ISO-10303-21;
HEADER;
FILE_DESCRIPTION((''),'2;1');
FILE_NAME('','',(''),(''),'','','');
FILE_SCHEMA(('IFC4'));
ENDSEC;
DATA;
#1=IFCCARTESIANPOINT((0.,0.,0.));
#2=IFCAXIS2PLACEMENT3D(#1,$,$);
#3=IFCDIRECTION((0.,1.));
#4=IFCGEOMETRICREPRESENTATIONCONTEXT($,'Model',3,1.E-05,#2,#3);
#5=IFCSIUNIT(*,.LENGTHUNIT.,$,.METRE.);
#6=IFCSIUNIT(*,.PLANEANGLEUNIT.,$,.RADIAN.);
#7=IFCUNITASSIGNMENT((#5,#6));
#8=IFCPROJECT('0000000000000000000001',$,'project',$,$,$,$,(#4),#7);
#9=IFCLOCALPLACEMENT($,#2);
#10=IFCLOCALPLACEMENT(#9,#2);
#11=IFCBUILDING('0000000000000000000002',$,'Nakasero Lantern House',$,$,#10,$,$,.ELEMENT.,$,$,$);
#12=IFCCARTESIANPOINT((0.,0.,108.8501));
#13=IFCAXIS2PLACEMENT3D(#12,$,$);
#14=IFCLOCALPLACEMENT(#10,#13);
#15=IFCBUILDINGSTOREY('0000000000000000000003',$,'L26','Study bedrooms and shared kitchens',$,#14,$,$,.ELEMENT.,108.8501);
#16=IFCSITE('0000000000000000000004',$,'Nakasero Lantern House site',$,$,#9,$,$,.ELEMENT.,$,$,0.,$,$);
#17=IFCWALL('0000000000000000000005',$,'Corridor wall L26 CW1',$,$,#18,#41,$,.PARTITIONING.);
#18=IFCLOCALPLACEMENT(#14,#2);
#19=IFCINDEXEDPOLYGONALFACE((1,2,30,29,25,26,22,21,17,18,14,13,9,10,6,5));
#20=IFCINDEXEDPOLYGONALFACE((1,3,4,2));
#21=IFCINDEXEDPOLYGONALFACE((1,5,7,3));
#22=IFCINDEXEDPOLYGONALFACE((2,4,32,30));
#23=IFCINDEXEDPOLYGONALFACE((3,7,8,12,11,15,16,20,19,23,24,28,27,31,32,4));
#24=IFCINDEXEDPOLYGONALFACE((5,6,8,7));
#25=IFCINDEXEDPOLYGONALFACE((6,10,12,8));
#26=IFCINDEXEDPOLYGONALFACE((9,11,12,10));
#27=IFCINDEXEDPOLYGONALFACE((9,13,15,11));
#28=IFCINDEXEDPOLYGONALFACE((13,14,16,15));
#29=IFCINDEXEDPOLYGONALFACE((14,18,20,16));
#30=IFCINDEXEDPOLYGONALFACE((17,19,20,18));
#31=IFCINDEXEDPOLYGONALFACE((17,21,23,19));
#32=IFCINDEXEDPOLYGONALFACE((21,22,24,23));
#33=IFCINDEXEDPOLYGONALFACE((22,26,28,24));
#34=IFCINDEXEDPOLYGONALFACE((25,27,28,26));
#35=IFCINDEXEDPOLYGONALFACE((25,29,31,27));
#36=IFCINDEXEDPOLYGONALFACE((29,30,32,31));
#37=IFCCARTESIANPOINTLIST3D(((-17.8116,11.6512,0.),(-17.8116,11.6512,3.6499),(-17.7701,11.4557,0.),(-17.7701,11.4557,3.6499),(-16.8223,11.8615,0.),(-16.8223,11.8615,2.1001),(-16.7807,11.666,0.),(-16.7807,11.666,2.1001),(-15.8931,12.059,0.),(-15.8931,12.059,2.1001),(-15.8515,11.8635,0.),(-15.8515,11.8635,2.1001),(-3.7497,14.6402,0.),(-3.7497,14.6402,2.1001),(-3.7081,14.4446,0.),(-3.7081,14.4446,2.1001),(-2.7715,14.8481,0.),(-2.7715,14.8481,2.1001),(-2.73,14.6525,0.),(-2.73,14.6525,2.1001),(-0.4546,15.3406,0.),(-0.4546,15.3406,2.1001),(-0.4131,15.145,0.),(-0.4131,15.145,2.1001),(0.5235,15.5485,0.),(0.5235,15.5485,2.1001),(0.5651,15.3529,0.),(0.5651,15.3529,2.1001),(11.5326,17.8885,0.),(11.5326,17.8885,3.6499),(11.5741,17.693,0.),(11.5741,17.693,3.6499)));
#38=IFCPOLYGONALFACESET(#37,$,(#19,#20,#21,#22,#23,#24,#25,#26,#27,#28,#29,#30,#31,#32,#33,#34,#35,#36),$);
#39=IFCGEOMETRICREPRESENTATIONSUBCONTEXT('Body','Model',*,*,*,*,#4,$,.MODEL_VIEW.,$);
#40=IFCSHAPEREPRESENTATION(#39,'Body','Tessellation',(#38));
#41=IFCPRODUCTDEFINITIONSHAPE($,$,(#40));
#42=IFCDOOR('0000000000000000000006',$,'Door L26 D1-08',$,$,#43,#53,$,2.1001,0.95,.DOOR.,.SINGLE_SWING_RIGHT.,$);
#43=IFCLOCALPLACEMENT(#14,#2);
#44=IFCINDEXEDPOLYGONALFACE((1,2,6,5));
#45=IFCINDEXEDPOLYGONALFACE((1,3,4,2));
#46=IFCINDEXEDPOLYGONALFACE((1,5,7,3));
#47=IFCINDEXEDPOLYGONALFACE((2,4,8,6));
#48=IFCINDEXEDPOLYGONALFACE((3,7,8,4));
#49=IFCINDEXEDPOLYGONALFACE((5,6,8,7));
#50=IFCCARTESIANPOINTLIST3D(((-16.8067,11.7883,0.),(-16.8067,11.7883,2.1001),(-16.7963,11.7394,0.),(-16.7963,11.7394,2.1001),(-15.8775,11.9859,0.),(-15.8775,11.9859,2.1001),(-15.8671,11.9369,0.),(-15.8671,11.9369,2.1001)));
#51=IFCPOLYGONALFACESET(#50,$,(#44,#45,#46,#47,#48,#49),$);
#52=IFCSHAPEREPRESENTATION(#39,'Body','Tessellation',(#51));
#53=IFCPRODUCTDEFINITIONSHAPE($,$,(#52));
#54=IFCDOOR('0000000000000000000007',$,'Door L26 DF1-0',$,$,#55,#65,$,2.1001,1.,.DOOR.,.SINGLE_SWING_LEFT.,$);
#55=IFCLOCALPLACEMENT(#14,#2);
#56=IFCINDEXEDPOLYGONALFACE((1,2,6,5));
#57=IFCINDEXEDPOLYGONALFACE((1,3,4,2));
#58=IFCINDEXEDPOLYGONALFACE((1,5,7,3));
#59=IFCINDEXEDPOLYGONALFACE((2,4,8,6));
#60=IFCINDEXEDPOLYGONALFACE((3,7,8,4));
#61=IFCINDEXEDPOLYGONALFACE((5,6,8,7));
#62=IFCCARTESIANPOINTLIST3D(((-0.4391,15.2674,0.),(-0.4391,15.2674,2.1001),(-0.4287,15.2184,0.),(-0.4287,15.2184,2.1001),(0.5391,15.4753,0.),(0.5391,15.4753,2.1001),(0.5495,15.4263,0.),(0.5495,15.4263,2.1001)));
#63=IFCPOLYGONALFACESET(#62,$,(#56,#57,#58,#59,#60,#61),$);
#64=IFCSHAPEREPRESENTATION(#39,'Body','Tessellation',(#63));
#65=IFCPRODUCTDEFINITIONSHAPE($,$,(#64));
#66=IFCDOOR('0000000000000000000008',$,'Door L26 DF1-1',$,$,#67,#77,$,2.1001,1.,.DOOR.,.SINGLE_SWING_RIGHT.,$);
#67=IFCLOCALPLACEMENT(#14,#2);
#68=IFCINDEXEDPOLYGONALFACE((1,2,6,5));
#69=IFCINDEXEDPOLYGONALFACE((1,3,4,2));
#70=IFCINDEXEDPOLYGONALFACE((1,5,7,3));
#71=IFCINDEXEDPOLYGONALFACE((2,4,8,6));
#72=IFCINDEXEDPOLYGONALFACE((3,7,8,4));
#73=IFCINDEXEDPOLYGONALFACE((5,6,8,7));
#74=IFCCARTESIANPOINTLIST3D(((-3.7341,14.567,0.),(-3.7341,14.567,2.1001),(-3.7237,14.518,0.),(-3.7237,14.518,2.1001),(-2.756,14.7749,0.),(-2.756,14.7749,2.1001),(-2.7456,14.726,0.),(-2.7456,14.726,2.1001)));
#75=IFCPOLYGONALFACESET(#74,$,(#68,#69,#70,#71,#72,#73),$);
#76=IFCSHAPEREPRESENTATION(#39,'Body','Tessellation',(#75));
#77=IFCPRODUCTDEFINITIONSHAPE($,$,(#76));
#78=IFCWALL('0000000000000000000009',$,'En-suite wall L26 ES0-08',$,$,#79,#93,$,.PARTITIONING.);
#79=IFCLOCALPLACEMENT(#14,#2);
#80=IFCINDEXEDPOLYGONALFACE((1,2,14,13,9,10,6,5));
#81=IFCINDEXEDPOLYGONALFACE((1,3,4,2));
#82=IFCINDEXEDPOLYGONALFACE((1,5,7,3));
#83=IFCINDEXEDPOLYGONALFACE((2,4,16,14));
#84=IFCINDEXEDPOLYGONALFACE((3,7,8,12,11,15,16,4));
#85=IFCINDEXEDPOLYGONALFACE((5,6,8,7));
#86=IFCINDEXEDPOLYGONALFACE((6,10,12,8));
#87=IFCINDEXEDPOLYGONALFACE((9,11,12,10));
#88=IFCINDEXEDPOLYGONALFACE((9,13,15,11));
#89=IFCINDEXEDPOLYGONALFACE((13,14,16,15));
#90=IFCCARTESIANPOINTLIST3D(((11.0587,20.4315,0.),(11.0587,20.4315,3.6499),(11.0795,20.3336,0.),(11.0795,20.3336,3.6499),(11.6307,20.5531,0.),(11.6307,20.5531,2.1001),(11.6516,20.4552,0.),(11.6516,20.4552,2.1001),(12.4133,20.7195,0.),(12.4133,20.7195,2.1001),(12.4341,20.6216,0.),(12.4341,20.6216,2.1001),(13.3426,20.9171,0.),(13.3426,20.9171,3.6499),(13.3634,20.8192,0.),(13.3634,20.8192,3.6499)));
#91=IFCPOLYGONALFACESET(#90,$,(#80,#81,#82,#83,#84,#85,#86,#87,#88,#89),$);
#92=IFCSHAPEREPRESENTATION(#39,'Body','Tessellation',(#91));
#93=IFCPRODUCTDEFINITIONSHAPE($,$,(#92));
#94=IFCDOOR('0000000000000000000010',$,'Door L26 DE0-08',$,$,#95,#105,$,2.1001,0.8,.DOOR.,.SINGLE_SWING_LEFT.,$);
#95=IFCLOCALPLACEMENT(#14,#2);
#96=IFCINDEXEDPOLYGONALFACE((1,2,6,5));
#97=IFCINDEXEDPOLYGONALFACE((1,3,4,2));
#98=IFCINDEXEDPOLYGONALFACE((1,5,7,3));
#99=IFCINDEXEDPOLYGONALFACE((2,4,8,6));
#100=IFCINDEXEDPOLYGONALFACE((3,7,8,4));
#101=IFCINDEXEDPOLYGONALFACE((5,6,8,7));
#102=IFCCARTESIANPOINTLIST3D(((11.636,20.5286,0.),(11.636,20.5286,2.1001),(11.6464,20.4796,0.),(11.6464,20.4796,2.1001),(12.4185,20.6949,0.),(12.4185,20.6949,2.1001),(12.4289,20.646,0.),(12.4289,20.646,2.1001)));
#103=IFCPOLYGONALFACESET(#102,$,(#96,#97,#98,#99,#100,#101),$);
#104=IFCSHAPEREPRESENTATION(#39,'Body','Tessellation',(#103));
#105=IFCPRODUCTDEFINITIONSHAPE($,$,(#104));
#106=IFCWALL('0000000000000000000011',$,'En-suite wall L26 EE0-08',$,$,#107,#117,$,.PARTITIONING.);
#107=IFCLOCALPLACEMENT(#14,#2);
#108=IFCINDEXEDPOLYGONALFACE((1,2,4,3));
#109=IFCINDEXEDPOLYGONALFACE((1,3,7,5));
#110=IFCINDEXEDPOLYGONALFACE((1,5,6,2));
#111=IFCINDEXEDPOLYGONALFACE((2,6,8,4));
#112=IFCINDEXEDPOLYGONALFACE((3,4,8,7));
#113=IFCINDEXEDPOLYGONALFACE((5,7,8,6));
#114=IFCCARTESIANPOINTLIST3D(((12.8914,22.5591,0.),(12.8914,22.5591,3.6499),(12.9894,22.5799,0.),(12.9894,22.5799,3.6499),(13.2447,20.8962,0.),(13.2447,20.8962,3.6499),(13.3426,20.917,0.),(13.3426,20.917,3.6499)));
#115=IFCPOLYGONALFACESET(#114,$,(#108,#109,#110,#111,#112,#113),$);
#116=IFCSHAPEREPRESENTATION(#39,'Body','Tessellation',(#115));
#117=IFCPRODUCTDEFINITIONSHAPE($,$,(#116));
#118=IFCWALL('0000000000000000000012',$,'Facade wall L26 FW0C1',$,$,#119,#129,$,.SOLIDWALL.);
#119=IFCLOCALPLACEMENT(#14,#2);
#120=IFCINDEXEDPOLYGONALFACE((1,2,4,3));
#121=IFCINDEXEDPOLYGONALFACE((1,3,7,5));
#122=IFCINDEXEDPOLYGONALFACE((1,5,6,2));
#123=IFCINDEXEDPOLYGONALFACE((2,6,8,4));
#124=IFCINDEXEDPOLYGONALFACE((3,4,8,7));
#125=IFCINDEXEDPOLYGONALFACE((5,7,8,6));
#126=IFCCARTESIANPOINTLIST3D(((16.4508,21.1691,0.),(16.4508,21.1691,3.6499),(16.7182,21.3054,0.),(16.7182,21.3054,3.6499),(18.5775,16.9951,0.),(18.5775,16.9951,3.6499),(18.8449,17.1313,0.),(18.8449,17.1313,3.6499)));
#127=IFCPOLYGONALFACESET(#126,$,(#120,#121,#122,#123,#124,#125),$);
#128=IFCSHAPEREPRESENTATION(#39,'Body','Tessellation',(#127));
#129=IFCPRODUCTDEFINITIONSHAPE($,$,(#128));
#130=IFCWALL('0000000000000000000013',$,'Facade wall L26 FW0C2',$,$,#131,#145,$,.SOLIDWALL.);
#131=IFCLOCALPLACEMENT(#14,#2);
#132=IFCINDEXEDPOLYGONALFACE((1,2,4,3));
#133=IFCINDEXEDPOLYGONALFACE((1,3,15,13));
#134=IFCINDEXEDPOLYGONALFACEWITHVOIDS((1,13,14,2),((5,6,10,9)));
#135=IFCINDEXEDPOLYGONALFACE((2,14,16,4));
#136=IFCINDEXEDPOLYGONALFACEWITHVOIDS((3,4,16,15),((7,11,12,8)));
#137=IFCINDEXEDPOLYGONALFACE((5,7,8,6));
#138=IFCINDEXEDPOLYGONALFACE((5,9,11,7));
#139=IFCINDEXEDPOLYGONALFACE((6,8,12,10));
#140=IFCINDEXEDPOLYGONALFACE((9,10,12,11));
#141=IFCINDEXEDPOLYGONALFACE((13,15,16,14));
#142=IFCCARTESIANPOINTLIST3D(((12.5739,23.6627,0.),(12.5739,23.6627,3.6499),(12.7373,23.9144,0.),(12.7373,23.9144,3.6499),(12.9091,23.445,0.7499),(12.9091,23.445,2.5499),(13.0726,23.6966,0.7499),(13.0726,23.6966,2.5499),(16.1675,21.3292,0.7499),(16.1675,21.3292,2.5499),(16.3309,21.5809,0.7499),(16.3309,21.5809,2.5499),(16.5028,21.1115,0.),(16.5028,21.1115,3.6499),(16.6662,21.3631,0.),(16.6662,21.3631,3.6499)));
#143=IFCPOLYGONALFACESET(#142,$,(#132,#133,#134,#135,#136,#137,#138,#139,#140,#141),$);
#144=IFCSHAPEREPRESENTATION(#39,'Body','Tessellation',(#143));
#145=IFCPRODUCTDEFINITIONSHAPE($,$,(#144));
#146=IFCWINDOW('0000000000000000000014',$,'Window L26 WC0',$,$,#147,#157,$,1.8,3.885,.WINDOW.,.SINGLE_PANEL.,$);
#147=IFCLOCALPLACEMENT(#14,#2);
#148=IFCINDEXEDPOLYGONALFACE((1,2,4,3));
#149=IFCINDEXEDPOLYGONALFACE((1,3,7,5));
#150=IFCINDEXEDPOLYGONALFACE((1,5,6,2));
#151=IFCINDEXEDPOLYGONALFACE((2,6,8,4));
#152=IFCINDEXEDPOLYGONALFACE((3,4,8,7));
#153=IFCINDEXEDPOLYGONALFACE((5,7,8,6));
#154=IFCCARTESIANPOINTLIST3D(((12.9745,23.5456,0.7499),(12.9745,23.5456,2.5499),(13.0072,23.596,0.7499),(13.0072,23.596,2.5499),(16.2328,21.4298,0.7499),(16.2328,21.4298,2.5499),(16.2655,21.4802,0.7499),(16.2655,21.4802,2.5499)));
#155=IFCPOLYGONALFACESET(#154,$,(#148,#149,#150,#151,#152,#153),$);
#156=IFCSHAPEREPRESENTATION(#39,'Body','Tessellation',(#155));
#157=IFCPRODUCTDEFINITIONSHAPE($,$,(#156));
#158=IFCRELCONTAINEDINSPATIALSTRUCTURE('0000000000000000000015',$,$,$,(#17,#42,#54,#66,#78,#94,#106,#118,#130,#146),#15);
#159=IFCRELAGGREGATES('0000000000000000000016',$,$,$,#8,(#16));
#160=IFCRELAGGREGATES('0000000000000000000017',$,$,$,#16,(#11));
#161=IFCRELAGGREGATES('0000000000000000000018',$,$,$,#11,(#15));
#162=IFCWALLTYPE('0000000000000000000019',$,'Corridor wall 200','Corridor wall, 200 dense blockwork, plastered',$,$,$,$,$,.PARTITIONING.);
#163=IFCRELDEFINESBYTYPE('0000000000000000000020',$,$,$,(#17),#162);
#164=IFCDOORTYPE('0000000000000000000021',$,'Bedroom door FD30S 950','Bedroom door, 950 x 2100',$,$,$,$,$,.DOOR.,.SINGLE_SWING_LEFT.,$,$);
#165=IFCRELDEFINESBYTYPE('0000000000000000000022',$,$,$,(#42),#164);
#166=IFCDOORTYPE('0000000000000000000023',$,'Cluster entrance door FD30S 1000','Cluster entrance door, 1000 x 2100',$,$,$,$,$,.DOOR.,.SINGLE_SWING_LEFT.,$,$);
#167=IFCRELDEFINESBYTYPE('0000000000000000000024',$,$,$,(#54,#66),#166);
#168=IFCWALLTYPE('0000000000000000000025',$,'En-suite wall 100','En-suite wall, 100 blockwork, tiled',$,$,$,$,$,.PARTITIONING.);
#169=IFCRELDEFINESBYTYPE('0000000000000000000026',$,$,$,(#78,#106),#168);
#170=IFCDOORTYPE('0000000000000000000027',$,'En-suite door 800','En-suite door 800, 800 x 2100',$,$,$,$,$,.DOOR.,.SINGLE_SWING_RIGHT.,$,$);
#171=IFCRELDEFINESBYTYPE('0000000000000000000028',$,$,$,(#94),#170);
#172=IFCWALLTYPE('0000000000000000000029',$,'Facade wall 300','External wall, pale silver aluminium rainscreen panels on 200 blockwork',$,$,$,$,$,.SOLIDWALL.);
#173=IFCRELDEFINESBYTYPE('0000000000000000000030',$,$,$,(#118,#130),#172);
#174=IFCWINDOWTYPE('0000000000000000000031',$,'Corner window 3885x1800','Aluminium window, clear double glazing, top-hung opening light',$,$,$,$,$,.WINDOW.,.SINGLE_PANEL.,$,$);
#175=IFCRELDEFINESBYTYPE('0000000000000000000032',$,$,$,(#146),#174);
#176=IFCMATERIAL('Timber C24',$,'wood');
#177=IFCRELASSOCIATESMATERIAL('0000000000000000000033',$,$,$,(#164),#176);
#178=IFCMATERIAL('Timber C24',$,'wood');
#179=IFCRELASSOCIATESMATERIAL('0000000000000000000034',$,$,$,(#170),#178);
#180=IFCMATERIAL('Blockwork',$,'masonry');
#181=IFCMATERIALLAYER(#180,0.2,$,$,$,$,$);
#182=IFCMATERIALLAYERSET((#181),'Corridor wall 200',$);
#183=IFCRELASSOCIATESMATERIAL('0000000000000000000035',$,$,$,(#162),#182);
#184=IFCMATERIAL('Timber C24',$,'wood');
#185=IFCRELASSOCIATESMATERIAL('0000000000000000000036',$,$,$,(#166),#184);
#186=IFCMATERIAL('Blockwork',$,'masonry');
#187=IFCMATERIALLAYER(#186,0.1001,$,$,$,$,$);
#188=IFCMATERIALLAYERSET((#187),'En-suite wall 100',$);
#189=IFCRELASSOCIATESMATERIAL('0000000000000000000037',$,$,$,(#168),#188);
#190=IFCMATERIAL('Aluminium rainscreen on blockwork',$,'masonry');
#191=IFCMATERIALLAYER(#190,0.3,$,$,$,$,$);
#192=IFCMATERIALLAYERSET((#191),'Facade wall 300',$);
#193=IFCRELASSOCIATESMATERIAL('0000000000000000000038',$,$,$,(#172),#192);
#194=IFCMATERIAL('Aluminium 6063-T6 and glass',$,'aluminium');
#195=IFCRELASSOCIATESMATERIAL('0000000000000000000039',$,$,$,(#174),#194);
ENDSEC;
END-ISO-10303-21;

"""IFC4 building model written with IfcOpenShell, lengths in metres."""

from ifc_helpers import new_model, si_unit, direction, frame, frame_2d, origin, place, context, subcontext, project, spatial, rectangle, extrude, material, layer, layer_set, type_object, element, fill, save


model = new_model("IFC4")

# Units and contexts
model_context = context("Model", 3, precision=1e-05, world=origin(), true_north=direction((0.0, 1.0)))
body_context = subcontext(model_context, "Body", "Model", "MODEL_VIEW")
ifc_project = project(units=[si_unit("LENGTHUNIT", "METRE"), si_unit("PLANEANGLEUNIT", "RADIAN")], contexts=[model_context])

# Site, building, storey
site_placement = place(None, origin())
site = spatial("IfcSite", under=ifc_project, at=site_placement, Name="Nakasero Lantern House site", CompositionType="ELEMENT", RefElevation=0.0)
building_placement = place(site_placement, origin())
building = spatial("IfcBuilding", under=site, at=building_placement, Name="Nakasero Lantern House", CompositionType="ELEMENT")
storey_placement = place(building_placement, frame((0.0, 0.0, 108.8501)))
storey = spatial("IfcBuildingStorey", under=building, at=storey_placement, Name="L26", Description="Study bedrooms and shared kitchens", CompositionType="ELEMENT", Elevation=108.8501)

# Wall, openings, doors
ifc_material_1 = material(Name="Timber C24", Category="wood")
door_type_1 = type_object("IfcDoorType", Name="Bedroom door FD30S 950", Description="Bedroom door, 950 x 2100", OperationType="SINGLE_SWING_LEFT", PredefinedType="DOOR", material=ifc_material_1)
ifc_material_2 = material(Name="Timber C24", Category="wood")
door_type_2 = type_object("IfcDoorType", Name="En-suite door 800", Description="En-suite door 800, 800 x 2100", OperationType="SINGLE_SWING_RIGHT", PredefinedType="DOOR", material=ifc_material_2)
ifc_material_3 = material(Name="Blockwork", Category="masonry")
ifc_layer_1 = layer(ifc_material_3, 0.2)
ifc_layer_set_1 = layer_set([ifc_layer_1], Name="Corridor wall 200")
wall_type_1 = type_object("IfcWallType", Name="Corridor wall 200", Description="Corridor wall, 200 dense blockwork, plastered", PredefinedType="PARTITIONING", material=ifc_layer_set_1)
wall_1_placement = place(storey_placement, frame((11.5535, 17.7908, 0.0), z_axis=(0.0, 0.0, 1.0), x_axis=(-0.978148, -0.207912, 0.0)))
wall_1 = element("IfcWall", 1, at=wall_1_placement, inside=storey, type_object=wall_type_1, Name="Corridor wall L26 CW1", PredefinedType="PARTITIONING", context=body_context, shape_type="SweptSolid", body=[
    extrude(rectangle(XDim=29.9998, YDim=0.2, at=frame_2d((15.0, 0.0))), origin(), (0.0, 0.0, 1.0), 3.6499),
])
opening_1_placement = place(wall_1_placement, frame((11.2551, 0.0, 0.0)))
opening_1 = element("IfcOpeningElement", 2, at=opening_1_placement, cuts=wall_1, PredefinedType="OPENING", context=body_context, shape_type="SweptSolid", body=[
    extrude(rectangle(XDim=1.0, YDim=2.1001, at=frame_2d((0.5, 1.05))), frame((0.0, 0.1199, 0.0), z_axis=(0.0, -1.0, 0.0), x_axis=(1.0, 0.0, 0.0)), (0.0, 0.0, 1.0), 0.24),
])
opening_2_placement = place(wall_1_placement, frame((14.6238, 0.0, 0.0)))
opening_2 = element("IfcOpeningElement", 3, at=opening_2_placement, cuts=wall_1, PredefinedType="OPENING", context=body_context, shape_type="SweptSolid", body=[
    extrude(rectangle(XDim=1.0, YDim=2.1001, at=frame_2d((0.5, 1.05))), frame((0.0, 0.1199, 0.0), z_axis=(0.0, -1.0, 0.0), x_axis=(1.0, 0.0, 0.0)), (0.0, 0.0, 1.0), 0.24),
])
opening_3_placement = place(wall_1_placement, frame((28.0383, 0.0, 0.0)))
opening_3 = element("IfcOpeningElement", 4, at=opening_3_placement, cuts=wall_1, PredefinedType="OPENING", context=body_context, shape_type="SweptSolid", body=[
    extrude(rectangle(XDim=0.95, YDim=2.1001, at=frame_2d((0.4751, 1.05))), frame((0.0, 0.1199, 0.0), z_axis=(0.0, -1.0, 0.0), x_axis=(1.0, 0.0, 0.0)), (0.0, 0.0, 1.0), 0.24),
])
door_1_placement = place(opening_3_placement, origin())
door_1 = element("IfcDoor", 5, at=door_1_placement, inside=storey, type_object=door_type_1, Name="Door L26 D1-08", OperationType="SINGLE_SWING_RIGHT", OverallHeight=2.1001, OverallWidth=0.95, PredefinedType="DOOR", context=body_context, shape_type="SweptSolid", body=[
    extrude(rectangle(XDim=0.95, YDim=2.1001, at=frame_2d((0.4751, 1.05))), frame((0.0, 0.0249, 0.0), z_axis=(0.0, -1.0, 0.0), x_axis=(1.0, 0.0, 0.0)), (0.0, 0.0, 1.0), 0.05),
])
fill(opening_3, door_1)
ifc_material_4 = material(Name="Timber C24", Category="wood")
door_type_3 = type_object("IfcDoorType", Name="Cluster entrance door FD30S 1000", Description="Cluster entrance door, 1000 x 2100", OperationType="SINGLE_SWING_LEFT", PredefinedType="DOOR", material=ifc_material_4)
door_2_placement = place(opening_1_placement, origin())
door_2 = element("IfcDoor", 6, at=door_2_placement, inside=storey, type_object=door_type_3, Name="Door L26 DF1-0", OperationType="SINGLE_SWING_LEFT", OverallHeight=2.1001, OverallWidth=1.0, PredefinedType="DOOR", context=body_context, shape_type="SweptSolid", body=[
    extrude(rectangle(XDim=1.0, YDim=2.1001, at=frame_2d((0.5, 1.05))), frame((0.0, 0.0249, 0.0), z_axis=(0.0, -1.0, 0.0), x_axis=(1.0, 0.0, 0.0)), (0.0, 0.0, 1.0), 0.05),
])
fill(opening_1, door_2)
door_3_placement = place(opening_2_placement, origin())
door_3 = element("IfcDoor", 7, at=door_3_placement, inside=storey, type_object=door_type_3, Name="Door L26 DF1-1", OperationType="SINGLE_SWING_RIGHT", OverallHeight=2.1001, OverallWidth=1.0, PredefinedType="DOOR", context=body_context, shape_type="SweptSolid", body=[
    extrude(rectangle(XDim=1.0, YDim=2.1001, at=frame_2d((0.5, 1.05))), frame((0.0, 0.0249, 0.0), z_axis=(0.0, -1.0, 0.0), x_axis=(1.0, 0.0, 0.0)), (0.0, 0.0, 1.0), 0.05),
])
fill(opening_2, door_3)

# Wall, opening, door
ifc_material_5 = material(Name="Blockwork", Category="masonry")
ifc_layer_2 = layer(ifc_material_5, 0.1001)
ifc_layer_set_2 = layer_set([ifc_layer_2], Name="En-suite wall 100")
wall_type_2 = type_object("IfcWallType", Name="En-suite wall 100", Description="En-suite wall, 100 blockwork, tiled", PredefinedType="PARTITIONING", material=ifc_layer_set_2)
wall_2_placement = place(storey_placement, frame((11.0691, 20.3826, 0.0), z_axis=(0.0, 0.0, 1.0), x_axis=(0.978136, 0.207965, 0.0)))
wall_2 = element("IfcWall", 8, at=wall_2_placement, inside=storey, type_object=wall_type_2, Name="En-suite wall L26 ES0-08", PredefinedType="PARTITIONING", context=body_context, shape_type="SweptSolid", body=[
    extrude(rectangle(XDim=2.335, YDim=0.1001, at=frame_2d((1.1675, 0.0))), origin(), (0.0, 0.0, 1.0), 3.6499),
])
opening_4_placement = place(wall_2_placement, frame((0.585, 0.0, 0.0)))
opening_4 = element("IfcOpeningElement", 9, at=opening_4_placement, cuts=wall_2, PredefinedType="OPENING", context=body_context, shape_type="SweptSolid", body=[
    extrude(rectangle(XDim=0.8, YDim=2.1001, at=frame_2d((0.3999, 1.05))), frame((0.0, 0.0701, 0.0), z_axis=(0.0, -1.0, 0.0), x_axis=(1.0, 0.0, 0.0)), (0.0, 0.0, 1.0), 0.1401),
])
door_4_placement = place(opening_4_placement, origin())
door_4 = element("IfcDoor", 10, at=door_4_placement, inside=storey, type_object=door_type_2, Name="Door L26 DE0-08", OperationType="SINGLE_SWING_LEFT", OverallHeight=2.1001, OverallWidth=0.8, PredefinedType="DOOR", context=body_context, shape_type="SweptSolid", body=[
    extrude(rectangle(XDim=0.8, YDim=2.1001, at=frame_2d((0.3999, 1.05))), frame((0.0, 0.0249, 0.0), z_axis=(0.0, -1.0, 0.0), x_axis=(1.0, 0.0, 0.0)), (0.0, 0.0, 1.0), 0.05),
])
fill(opening_4, door_4)

# Walls
wall_3_placement = place(storey_placement, frame((13.2937, 20.9065, 0.0), z_axis=(0.0, 0.0, 1.0), x_axis=(-0.207812, 0.978169, 0.0)))
element("IfcWall", 11, at=wall_3_placement, inside=storey, type_object=wall_type_2, Name="En-suite wall L26 EE0-08", PredefinedType="PARTITIONING", context=body_context, shape_type="SweptSolid", body=[
    extrude(rectangle(XDim=1.7, YDim=0.1001, at=frame_2d((0.8501, 0.0))), origin(), (0.0, 0.0, 1.0), 3.6499),
])
ifc_material_6 = material(Name="Aluminium rainscreen on blockwork", Category="masonry")
ifc_layer_3 = layer(ifc_material_6, 0.3)
ifc_layer_set_3 = layer_set([ifc_layer_3], Name="Facade wall 300")
wall_type_3 = type_object("IfcWallType", Name="Facade wall 300", Description="External wall, pale silver aluminium rainscreen panels on 200 blockwork", PredefinedType="SOLIDWALL", material=ifc_layer_set_3)
wall_4_placement = place(storey_placement, frame((18.7112, 17.0632, 0.0), z_axis=(0.0, 0.0, 1.0), x_axis=(-0.453976, 0.891014, 0.0)))
element("IfcWall", 12, at=wall_4_placement, inside=storey, type_object=wall_type_3, Name="Facade wall L26 FW0C1", PredefinedType="SOLIDWALL", context=body_context, shape_type="SweptSolid", body=[
    extrude(rectangle(XDim=4.6846, YDim=0.3, at=frame_2d((2.3423, 0.0))), origin(), (0.0, 0.0, 1.0), 3.6499),
])

# Wall, opening, window
wall_5_placement = place(storey_placement, frame((16.5845, 21.2373, 0.0), z_axis=(0.0, 0.0, 1.0), x_axis=(-0.838692, 0.544605, 0.0)))
wall_5 = element("IfcWall", 13, at=wall_5_placement, inside=storey, type_object=wall_type_3, Name="Facade wall L26 FW0C2", PredefinedType="SOLIDWALL", context=body_context, shape_type="SweptSolid", body=[
    extrude(rectangle(XDim=4.6846, YDim=0.3, at=frame_2d((2.3423, 0.0))), origin(), (0.0, 0.0, 1.0), 3.6499),
])
opening_5_placement = place(wall_5_placement, frame((0.3999, 0.0, 0.75)))
opening_5 = element("IfcOpeningElement", 14, at=opening_5_placement, cuts=wall_5, PredefinedType="OPENING", context=body_context, shape_type="SweptSolid", body=[
    extrude(rectangle(XDim=3.885, YDim=1.8, at=frame_2d((1.9424, 0.8999))), frame((0.0, 0.1699, 0.0), z_axis=(0.0, -1.0, 0.0), x_axis=(1.0, 0.0, 0.0)), (0.0, 0.0, 1.0), 0.3401),
])
ifc_material_7 = material(Name="Aluminium 6063-T6 and glass", Category="aluminium")
window_type_1 = type_object("IfcWindowType", Name="Corner window 3885x1800", Description="Aluminium window, clear double glazing, top-hung opening light", PartitioningType="SINGLE_PANEL", PredefinedType="WINDOW", material=ifc_material_7)
window_1_placement = place(opening_5_placement, origin())
window_1 = element("IfcWindow", 15, at=window_1_placement, inside=storey, type_object=window_type_1, Name="Window L26 WC0", OverallHeight=1.8, OverallWidth=3.885, PartitioningType="SINGLE_PANEL", PredefinedType="WINDOW", context=body_context, shape_type="SweptSolid", body=[
    extrude(rectangle(XDim=3.885, YDim=1.8, at=frame_2d((1.9424, 0.8999))), frame((0.0, 0.03, 0.0), z_axis=(0.0, -1.0, 0.0), x_axis=(1.0, 0.0, 0.0)), (0.0, 0.0, 1.0), 0.0601),
])
fill(opening_5, window_1)

save(model, "model.ifc")
